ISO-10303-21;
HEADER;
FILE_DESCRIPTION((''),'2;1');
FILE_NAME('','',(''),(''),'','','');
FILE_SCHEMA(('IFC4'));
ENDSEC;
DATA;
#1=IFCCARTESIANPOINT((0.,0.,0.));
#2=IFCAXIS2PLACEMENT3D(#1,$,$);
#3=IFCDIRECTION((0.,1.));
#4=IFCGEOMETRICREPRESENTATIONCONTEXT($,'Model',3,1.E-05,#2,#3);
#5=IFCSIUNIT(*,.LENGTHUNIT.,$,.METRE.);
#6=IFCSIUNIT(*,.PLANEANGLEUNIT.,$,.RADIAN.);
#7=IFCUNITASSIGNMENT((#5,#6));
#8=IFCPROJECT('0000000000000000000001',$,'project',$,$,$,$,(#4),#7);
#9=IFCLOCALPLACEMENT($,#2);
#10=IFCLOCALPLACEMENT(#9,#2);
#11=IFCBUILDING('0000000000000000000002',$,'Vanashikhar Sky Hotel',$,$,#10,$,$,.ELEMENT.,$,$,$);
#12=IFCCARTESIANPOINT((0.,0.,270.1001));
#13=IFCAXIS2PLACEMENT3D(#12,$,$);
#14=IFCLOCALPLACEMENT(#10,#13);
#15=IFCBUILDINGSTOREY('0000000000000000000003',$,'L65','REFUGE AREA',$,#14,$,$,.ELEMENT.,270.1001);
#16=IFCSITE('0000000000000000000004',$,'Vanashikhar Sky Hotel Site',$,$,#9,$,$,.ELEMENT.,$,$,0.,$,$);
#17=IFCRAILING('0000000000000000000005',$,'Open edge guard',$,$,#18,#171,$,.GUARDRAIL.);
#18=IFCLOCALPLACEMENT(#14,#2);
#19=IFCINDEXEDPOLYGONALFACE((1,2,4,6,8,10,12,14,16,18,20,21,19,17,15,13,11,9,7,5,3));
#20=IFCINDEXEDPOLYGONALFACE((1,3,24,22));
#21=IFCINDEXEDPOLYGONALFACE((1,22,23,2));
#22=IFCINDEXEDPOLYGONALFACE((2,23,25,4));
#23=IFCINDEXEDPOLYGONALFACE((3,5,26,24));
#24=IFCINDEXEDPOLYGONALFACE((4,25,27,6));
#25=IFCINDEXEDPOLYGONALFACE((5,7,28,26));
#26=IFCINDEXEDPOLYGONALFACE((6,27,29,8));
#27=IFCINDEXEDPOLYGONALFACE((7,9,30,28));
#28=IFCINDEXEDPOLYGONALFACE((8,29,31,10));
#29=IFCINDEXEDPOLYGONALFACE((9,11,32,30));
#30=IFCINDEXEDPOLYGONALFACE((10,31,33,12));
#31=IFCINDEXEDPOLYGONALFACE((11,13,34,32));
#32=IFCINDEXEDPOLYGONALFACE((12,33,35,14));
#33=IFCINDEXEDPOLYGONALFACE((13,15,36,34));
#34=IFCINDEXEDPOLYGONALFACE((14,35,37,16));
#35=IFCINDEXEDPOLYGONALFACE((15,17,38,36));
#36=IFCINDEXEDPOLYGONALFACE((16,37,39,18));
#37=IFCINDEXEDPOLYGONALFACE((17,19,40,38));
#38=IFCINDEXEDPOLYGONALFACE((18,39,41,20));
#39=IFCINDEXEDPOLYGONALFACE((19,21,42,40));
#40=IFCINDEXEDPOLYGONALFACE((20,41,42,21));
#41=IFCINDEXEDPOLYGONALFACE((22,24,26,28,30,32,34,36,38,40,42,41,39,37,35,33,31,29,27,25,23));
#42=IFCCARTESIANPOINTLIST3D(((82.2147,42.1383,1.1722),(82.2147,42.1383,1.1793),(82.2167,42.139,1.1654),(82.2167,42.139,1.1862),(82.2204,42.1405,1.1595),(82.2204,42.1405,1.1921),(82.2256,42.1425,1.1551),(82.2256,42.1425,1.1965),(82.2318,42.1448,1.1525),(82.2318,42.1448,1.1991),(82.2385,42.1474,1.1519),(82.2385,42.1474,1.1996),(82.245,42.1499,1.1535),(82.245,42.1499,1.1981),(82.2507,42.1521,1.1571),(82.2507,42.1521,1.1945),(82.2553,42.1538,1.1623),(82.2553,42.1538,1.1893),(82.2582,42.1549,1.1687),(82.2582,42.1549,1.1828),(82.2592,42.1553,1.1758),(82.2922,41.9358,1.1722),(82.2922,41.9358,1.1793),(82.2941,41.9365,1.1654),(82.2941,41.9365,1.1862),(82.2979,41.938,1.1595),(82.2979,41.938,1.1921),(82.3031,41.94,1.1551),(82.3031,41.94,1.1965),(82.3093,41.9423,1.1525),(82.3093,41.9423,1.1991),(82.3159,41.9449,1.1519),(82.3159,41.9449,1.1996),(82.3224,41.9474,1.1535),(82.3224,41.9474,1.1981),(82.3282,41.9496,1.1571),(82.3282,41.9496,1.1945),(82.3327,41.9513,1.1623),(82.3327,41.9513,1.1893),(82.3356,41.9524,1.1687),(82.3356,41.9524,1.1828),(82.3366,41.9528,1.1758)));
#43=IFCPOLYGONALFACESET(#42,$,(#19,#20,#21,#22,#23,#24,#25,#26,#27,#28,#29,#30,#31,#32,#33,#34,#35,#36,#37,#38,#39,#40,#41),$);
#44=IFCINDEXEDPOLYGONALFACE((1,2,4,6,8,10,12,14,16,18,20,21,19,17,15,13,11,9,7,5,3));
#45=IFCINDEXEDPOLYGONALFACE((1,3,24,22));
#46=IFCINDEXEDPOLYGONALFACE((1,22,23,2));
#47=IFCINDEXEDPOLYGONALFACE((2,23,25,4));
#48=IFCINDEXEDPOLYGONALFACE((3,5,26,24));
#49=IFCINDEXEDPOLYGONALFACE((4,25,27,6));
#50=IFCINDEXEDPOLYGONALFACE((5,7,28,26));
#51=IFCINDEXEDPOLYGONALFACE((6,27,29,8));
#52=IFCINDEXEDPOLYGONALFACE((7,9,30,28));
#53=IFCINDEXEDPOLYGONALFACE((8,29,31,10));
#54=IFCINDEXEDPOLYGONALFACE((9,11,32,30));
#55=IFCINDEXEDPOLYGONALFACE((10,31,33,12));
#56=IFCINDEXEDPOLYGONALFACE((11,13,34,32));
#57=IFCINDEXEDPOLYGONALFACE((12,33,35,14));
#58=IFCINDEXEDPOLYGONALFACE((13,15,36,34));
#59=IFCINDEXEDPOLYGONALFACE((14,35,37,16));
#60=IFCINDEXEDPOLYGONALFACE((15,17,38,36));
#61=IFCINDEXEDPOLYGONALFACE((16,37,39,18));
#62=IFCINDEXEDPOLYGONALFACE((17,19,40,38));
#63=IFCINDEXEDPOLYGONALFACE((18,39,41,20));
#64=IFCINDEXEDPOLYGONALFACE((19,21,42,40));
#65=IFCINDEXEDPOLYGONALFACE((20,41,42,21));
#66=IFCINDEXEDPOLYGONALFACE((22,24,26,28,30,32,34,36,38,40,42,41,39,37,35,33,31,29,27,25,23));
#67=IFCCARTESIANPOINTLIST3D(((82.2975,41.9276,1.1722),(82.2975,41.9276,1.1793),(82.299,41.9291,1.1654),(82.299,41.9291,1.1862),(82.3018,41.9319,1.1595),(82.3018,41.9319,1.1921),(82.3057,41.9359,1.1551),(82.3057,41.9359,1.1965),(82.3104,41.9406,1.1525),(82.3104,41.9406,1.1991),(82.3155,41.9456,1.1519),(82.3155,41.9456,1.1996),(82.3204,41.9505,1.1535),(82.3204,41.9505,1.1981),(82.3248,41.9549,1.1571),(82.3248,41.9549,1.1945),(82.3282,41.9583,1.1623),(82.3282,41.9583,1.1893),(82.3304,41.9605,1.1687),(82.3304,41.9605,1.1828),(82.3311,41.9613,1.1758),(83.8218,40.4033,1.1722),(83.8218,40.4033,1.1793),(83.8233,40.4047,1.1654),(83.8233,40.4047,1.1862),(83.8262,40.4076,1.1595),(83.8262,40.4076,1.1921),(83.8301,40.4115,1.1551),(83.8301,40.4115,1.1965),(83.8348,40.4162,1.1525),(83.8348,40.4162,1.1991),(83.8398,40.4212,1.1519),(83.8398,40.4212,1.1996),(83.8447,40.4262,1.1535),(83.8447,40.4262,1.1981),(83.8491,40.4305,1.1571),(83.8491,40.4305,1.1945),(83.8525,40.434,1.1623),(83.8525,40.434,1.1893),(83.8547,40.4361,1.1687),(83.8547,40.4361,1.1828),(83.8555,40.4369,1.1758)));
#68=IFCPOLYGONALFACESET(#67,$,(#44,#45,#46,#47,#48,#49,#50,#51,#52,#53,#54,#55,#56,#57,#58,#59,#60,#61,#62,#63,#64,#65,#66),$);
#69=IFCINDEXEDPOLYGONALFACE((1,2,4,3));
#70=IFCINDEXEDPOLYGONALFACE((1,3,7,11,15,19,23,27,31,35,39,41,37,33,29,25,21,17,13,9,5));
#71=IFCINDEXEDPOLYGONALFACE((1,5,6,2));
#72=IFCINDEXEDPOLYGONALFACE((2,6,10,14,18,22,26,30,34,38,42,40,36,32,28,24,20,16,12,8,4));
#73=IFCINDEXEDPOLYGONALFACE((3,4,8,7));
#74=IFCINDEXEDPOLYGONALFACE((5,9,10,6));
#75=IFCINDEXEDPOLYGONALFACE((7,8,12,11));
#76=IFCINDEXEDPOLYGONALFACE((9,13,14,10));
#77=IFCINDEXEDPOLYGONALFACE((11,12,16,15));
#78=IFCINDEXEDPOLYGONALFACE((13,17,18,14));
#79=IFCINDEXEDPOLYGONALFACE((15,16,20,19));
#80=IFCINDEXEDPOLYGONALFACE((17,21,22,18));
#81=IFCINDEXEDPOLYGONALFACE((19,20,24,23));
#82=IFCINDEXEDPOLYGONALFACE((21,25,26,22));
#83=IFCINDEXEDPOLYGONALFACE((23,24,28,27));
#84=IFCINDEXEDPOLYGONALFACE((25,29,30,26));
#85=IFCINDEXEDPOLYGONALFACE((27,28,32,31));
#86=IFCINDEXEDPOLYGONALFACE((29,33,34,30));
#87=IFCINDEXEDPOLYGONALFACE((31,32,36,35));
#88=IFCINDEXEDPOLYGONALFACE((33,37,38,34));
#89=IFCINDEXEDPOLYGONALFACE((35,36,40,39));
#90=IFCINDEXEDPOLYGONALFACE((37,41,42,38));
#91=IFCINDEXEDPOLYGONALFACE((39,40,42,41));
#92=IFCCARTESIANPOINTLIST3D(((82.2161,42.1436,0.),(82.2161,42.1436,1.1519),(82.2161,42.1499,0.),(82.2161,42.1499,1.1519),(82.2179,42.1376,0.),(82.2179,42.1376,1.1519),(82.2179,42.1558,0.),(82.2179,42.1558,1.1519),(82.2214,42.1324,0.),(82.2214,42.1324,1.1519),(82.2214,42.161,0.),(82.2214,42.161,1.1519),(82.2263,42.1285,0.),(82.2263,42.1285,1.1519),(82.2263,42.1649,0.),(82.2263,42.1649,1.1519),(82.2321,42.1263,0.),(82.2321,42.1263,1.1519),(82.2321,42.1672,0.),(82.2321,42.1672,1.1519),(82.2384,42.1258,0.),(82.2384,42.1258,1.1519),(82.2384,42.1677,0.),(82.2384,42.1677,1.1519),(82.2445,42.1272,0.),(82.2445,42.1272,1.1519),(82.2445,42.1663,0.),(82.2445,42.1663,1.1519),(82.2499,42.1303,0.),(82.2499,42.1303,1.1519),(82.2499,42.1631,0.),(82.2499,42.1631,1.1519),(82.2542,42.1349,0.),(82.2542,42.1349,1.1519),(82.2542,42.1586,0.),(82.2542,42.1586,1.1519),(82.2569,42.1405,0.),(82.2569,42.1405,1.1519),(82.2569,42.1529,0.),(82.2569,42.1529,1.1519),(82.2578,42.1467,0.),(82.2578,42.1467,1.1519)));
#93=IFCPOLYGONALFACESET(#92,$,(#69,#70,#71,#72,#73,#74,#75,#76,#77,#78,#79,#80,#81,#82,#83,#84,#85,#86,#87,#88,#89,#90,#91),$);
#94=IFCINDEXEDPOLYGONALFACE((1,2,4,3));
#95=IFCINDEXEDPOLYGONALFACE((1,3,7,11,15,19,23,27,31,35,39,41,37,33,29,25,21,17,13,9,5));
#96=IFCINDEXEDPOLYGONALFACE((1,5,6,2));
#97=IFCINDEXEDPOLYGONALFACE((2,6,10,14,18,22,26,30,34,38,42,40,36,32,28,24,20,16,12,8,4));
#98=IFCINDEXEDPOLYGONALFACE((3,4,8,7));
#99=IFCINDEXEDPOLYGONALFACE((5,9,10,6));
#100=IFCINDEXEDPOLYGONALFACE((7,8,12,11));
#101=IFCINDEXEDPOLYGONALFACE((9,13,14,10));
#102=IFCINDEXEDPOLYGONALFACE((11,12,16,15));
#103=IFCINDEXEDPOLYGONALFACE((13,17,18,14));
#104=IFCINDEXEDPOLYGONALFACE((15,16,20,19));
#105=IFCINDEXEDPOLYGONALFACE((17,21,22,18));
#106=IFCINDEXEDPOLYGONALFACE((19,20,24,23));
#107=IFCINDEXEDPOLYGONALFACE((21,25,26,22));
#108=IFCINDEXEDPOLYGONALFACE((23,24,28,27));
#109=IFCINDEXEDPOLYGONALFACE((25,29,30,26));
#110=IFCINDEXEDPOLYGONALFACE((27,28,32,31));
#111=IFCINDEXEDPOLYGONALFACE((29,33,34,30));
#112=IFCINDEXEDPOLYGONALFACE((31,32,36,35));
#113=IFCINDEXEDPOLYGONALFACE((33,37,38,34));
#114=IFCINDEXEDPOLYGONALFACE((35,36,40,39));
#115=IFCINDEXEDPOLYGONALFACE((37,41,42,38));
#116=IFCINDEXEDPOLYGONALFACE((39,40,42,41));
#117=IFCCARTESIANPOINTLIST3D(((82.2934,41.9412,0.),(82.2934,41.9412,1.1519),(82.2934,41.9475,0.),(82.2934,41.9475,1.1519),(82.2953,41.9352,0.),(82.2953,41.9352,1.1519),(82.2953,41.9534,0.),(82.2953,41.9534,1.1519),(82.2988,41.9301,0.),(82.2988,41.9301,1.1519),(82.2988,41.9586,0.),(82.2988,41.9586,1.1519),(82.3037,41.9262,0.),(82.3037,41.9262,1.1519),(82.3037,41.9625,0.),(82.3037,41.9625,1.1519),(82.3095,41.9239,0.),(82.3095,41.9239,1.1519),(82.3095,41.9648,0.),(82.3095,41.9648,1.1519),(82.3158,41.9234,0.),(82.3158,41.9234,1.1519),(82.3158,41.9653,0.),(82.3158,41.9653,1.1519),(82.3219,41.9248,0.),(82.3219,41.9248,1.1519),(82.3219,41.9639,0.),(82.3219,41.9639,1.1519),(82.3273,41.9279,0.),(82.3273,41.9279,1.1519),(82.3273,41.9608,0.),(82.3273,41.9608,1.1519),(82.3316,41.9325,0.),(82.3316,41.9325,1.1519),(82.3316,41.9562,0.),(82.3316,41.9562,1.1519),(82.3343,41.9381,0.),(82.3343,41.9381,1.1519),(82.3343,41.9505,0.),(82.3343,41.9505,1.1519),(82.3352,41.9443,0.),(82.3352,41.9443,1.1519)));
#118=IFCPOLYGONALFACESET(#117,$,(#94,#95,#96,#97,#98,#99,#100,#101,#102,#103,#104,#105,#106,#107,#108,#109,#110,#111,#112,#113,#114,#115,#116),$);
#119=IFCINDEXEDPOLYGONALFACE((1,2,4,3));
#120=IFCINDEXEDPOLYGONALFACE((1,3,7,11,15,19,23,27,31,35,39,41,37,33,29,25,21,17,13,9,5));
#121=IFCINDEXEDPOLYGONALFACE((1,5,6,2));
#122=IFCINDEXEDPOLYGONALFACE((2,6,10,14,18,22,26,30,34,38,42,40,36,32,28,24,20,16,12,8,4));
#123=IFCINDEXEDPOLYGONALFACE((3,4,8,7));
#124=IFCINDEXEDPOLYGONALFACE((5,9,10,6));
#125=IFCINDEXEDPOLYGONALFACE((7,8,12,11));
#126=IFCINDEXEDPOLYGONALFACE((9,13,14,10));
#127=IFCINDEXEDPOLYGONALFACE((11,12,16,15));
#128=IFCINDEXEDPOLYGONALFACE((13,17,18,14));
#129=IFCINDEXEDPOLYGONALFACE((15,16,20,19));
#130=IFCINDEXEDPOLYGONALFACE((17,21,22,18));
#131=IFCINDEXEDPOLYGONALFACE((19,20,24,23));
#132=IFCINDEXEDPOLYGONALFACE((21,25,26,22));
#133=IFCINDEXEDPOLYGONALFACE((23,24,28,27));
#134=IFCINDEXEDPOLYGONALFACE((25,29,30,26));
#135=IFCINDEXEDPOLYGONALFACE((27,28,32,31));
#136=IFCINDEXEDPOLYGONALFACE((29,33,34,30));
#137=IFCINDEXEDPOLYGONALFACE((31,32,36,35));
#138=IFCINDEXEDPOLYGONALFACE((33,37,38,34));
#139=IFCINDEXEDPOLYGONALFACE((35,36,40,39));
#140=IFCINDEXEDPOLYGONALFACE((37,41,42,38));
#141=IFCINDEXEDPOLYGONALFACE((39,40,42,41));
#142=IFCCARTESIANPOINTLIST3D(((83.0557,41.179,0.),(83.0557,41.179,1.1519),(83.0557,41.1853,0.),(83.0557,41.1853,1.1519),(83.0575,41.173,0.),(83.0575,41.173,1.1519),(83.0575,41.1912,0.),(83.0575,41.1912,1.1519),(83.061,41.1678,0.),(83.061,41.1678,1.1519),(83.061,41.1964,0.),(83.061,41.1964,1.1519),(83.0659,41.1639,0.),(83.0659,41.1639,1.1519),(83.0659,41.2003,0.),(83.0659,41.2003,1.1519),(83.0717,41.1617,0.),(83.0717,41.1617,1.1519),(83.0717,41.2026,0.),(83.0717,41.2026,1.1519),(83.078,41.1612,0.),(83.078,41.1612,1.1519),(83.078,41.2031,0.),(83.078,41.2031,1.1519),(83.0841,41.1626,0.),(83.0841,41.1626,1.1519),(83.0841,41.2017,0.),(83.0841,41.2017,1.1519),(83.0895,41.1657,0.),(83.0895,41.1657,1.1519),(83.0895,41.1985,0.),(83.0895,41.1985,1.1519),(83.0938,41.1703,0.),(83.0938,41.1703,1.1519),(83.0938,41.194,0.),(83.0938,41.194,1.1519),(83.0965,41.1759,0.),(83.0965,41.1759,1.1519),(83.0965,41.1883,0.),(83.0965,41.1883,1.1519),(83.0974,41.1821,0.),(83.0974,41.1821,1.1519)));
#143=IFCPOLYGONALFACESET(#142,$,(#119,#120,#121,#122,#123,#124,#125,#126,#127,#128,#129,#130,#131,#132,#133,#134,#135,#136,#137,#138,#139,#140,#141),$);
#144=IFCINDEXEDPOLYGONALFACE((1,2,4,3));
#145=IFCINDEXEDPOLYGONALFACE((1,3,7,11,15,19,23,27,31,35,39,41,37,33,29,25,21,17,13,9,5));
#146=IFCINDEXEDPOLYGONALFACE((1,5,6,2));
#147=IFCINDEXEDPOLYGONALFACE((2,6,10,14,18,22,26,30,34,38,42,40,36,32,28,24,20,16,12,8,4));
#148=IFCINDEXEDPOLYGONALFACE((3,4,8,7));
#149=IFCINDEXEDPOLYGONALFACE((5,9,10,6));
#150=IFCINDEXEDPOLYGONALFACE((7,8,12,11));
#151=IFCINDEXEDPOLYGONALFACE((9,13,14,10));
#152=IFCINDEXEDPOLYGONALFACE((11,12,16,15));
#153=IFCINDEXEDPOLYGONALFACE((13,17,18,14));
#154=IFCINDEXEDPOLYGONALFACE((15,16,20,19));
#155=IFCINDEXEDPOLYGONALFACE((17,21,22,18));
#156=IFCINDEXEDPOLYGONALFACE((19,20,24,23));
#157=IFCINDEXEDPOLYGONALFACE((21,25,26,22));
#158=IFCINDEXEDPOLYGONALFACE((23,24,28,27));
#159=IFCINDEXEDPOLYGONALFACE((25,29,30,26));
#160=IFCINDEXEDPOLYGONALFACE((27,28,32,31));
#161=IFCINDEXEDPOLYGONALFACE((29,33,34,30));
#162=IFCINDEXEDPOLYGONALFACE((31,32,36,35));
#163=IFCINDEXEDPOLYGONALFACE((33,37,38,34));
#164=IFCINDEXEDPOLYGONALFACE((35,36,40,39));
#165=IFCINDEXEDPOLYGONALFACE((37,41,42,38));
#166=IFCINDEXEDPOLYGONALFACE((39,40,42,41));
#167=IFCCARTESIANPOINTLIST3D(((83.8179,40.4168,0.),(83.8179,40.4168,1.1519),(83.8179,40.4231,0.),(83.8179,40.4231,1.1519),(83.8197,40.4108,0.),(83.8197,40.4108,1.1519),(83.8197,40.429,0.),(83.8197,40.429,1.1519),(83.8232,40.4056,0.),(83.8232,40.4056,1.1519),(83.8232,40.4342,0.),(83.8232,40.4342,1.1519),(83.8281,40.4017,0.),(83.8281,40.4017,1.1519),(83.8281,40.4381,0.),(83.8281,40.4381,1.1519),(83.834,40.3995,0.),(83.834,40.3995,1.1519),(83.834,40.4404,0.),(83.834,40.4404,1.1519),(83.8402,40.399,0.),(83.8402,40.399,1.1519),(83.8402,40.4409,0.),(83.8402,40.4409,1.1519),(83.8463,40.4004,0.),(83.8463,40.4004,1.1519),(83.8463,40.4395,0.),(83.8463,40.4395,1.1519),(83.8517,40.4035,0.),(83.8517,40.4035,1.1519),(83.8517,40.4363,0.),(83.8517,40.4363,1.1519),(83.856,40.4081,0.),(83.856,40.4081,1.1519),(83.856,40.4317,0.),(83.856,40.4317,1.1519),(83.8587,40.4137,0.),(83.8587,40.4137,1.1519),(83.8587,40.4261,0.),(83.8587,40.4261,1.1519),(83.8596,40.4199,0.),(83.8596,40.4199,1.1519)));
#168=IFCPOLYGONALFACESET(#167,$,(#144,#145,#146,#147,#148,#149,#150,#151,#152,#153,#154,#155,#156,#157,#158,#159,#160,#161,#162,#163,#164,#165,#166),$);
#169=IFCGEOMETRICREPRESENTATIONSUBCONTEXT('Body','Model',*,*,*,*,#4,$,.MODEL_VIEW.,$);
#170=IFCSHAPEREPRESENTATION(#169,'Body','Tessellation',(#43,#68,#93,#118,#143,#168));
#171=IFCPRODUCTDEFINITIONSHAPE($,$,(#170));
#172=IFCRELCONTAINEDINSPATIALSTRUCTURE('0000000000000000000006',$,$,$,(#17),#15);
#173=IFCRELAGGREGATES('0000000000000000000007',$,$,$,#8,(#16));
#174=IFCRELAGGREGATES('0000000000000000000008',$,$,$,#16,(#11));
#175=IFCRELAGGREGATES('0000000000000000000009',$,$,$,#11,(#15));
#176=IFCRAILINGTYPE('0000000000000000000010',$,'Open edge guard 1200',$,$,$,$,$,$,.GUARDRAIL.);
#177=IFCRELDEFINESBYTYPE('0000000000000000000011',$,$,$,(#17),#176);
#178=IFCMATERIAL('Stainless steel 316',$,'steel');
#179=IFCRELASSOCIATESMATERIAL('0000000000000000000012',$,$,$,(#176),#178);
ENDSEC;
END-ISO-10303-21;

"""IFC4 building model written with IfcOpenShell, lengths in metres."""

from ifc_helpers import new_model, si_unit, direction, frame, origin, origin_2d, place, context, subcontext, project, spatial, circle, extrude, source, transform, mapped, material, type_object, element, save


model = new_model("IFC4")

# Units and contexts
model_context = context("Model", 3, precision=1e-05, world=origin(), true_north=direction((0.0, 1.0)))
body_context = subcontext(model_context, "Body", "Model", "MODEL_VIEW")
ifc_project = project(units=[si_unit("LENGTHUNIT", "METRE"), si_unit("PLANEANGLEUNIT", "RADIAN")], contexts=[model_context])

# Site, building, storey
site_placement = place(None, origin())
site = spatial("IfcSite", under=ifc_project, at=site_placement, Name="Vanashikhar Sky Hotel Site", CompositionType="ELEMENT", RefElevation=0.0)
building_placement = place(site_placement, origin())
building = spatial("IfcBuilding", under=site, at=building_placement, Name="Vanashikhar Sky Hotel", CompositionType="ELEMENT")
storey_placement = place(building_placement, frame((0.0, 0.0, 270.1001)))
storey = spatial("IfcBuildingStorey", under=building, at=storey_placement, Name="L65", Description="REFUGE AREA", CompositionType="ELEMENT", Elevation=270.1001)

# Shared definitions
ifc_material_1 = material(Name="Stainless steel 316", Category="steel")
railing_type = type_object("IfcRailingType", Name="Open edge guard 1200", PredefinedType="GUARDRAIL", material=ifc_material_1)

# Railing
shared_shape_1 = source(origin(), body_context, "Body", "SweptSolid", [
    extrude(circle(Radius=0.0239, at=origin_2d()), frame((0.0, 0.0, 1.1758), z_axis=(0.357166, -0.934041, 0.0), x_axis=(0.934041, 0.357166, 0.0)), (0.0, 0.0, 1.0), 0.2168),
    extrude(circle(Radius=0.0239, at=origin_2d()), frame((0.0774, -0.2024, 1.1758), z_axis=(0.707107, -0.707107, 0.0), x_axis=(0.707107, 0.707107, 0.0)), (0.0, 0.0, 1.0), 2.1558),
    extrude(circle(Radius=0.021, at=origin_2d()), origin(), (0.0, 0.0, 1.0), 1.1519),
    extrude(circle(Radius=0.021, at=origin_2d()), frame((0.0774, -0.2024, 0.0)), (0.0, 0.0, 1.0), 1.1519),
    extrude(circle(Radius=0.021, at=origin_2d()), frame((0.8396, -0.9646, 0.0)), (0.0, 0.0, 1.0), 1.1519),
    extrude(circle(Radius=0.021, at=origin_2d()), frame((1.6018, -1.7268, 0.0)), (0.0, 0.0, 1.0), 1.1519),
])
railing_1_placement = place(storey_placement, frame((82.2368, 42.1467, 0.0)))
element("IfcRailing", 1, at=railing_1_placement, inside=storey, type_object=railing_type, Name="Open edge guard", PredefinedType="GUARDRAIL", context=body_context, shape_type="MappedRepresentation", body=[
    mapped(shared_shape_1, transform((0.0, 0.0, 0.0), scale=1.0)),
])

save(model, "model.ifc")
